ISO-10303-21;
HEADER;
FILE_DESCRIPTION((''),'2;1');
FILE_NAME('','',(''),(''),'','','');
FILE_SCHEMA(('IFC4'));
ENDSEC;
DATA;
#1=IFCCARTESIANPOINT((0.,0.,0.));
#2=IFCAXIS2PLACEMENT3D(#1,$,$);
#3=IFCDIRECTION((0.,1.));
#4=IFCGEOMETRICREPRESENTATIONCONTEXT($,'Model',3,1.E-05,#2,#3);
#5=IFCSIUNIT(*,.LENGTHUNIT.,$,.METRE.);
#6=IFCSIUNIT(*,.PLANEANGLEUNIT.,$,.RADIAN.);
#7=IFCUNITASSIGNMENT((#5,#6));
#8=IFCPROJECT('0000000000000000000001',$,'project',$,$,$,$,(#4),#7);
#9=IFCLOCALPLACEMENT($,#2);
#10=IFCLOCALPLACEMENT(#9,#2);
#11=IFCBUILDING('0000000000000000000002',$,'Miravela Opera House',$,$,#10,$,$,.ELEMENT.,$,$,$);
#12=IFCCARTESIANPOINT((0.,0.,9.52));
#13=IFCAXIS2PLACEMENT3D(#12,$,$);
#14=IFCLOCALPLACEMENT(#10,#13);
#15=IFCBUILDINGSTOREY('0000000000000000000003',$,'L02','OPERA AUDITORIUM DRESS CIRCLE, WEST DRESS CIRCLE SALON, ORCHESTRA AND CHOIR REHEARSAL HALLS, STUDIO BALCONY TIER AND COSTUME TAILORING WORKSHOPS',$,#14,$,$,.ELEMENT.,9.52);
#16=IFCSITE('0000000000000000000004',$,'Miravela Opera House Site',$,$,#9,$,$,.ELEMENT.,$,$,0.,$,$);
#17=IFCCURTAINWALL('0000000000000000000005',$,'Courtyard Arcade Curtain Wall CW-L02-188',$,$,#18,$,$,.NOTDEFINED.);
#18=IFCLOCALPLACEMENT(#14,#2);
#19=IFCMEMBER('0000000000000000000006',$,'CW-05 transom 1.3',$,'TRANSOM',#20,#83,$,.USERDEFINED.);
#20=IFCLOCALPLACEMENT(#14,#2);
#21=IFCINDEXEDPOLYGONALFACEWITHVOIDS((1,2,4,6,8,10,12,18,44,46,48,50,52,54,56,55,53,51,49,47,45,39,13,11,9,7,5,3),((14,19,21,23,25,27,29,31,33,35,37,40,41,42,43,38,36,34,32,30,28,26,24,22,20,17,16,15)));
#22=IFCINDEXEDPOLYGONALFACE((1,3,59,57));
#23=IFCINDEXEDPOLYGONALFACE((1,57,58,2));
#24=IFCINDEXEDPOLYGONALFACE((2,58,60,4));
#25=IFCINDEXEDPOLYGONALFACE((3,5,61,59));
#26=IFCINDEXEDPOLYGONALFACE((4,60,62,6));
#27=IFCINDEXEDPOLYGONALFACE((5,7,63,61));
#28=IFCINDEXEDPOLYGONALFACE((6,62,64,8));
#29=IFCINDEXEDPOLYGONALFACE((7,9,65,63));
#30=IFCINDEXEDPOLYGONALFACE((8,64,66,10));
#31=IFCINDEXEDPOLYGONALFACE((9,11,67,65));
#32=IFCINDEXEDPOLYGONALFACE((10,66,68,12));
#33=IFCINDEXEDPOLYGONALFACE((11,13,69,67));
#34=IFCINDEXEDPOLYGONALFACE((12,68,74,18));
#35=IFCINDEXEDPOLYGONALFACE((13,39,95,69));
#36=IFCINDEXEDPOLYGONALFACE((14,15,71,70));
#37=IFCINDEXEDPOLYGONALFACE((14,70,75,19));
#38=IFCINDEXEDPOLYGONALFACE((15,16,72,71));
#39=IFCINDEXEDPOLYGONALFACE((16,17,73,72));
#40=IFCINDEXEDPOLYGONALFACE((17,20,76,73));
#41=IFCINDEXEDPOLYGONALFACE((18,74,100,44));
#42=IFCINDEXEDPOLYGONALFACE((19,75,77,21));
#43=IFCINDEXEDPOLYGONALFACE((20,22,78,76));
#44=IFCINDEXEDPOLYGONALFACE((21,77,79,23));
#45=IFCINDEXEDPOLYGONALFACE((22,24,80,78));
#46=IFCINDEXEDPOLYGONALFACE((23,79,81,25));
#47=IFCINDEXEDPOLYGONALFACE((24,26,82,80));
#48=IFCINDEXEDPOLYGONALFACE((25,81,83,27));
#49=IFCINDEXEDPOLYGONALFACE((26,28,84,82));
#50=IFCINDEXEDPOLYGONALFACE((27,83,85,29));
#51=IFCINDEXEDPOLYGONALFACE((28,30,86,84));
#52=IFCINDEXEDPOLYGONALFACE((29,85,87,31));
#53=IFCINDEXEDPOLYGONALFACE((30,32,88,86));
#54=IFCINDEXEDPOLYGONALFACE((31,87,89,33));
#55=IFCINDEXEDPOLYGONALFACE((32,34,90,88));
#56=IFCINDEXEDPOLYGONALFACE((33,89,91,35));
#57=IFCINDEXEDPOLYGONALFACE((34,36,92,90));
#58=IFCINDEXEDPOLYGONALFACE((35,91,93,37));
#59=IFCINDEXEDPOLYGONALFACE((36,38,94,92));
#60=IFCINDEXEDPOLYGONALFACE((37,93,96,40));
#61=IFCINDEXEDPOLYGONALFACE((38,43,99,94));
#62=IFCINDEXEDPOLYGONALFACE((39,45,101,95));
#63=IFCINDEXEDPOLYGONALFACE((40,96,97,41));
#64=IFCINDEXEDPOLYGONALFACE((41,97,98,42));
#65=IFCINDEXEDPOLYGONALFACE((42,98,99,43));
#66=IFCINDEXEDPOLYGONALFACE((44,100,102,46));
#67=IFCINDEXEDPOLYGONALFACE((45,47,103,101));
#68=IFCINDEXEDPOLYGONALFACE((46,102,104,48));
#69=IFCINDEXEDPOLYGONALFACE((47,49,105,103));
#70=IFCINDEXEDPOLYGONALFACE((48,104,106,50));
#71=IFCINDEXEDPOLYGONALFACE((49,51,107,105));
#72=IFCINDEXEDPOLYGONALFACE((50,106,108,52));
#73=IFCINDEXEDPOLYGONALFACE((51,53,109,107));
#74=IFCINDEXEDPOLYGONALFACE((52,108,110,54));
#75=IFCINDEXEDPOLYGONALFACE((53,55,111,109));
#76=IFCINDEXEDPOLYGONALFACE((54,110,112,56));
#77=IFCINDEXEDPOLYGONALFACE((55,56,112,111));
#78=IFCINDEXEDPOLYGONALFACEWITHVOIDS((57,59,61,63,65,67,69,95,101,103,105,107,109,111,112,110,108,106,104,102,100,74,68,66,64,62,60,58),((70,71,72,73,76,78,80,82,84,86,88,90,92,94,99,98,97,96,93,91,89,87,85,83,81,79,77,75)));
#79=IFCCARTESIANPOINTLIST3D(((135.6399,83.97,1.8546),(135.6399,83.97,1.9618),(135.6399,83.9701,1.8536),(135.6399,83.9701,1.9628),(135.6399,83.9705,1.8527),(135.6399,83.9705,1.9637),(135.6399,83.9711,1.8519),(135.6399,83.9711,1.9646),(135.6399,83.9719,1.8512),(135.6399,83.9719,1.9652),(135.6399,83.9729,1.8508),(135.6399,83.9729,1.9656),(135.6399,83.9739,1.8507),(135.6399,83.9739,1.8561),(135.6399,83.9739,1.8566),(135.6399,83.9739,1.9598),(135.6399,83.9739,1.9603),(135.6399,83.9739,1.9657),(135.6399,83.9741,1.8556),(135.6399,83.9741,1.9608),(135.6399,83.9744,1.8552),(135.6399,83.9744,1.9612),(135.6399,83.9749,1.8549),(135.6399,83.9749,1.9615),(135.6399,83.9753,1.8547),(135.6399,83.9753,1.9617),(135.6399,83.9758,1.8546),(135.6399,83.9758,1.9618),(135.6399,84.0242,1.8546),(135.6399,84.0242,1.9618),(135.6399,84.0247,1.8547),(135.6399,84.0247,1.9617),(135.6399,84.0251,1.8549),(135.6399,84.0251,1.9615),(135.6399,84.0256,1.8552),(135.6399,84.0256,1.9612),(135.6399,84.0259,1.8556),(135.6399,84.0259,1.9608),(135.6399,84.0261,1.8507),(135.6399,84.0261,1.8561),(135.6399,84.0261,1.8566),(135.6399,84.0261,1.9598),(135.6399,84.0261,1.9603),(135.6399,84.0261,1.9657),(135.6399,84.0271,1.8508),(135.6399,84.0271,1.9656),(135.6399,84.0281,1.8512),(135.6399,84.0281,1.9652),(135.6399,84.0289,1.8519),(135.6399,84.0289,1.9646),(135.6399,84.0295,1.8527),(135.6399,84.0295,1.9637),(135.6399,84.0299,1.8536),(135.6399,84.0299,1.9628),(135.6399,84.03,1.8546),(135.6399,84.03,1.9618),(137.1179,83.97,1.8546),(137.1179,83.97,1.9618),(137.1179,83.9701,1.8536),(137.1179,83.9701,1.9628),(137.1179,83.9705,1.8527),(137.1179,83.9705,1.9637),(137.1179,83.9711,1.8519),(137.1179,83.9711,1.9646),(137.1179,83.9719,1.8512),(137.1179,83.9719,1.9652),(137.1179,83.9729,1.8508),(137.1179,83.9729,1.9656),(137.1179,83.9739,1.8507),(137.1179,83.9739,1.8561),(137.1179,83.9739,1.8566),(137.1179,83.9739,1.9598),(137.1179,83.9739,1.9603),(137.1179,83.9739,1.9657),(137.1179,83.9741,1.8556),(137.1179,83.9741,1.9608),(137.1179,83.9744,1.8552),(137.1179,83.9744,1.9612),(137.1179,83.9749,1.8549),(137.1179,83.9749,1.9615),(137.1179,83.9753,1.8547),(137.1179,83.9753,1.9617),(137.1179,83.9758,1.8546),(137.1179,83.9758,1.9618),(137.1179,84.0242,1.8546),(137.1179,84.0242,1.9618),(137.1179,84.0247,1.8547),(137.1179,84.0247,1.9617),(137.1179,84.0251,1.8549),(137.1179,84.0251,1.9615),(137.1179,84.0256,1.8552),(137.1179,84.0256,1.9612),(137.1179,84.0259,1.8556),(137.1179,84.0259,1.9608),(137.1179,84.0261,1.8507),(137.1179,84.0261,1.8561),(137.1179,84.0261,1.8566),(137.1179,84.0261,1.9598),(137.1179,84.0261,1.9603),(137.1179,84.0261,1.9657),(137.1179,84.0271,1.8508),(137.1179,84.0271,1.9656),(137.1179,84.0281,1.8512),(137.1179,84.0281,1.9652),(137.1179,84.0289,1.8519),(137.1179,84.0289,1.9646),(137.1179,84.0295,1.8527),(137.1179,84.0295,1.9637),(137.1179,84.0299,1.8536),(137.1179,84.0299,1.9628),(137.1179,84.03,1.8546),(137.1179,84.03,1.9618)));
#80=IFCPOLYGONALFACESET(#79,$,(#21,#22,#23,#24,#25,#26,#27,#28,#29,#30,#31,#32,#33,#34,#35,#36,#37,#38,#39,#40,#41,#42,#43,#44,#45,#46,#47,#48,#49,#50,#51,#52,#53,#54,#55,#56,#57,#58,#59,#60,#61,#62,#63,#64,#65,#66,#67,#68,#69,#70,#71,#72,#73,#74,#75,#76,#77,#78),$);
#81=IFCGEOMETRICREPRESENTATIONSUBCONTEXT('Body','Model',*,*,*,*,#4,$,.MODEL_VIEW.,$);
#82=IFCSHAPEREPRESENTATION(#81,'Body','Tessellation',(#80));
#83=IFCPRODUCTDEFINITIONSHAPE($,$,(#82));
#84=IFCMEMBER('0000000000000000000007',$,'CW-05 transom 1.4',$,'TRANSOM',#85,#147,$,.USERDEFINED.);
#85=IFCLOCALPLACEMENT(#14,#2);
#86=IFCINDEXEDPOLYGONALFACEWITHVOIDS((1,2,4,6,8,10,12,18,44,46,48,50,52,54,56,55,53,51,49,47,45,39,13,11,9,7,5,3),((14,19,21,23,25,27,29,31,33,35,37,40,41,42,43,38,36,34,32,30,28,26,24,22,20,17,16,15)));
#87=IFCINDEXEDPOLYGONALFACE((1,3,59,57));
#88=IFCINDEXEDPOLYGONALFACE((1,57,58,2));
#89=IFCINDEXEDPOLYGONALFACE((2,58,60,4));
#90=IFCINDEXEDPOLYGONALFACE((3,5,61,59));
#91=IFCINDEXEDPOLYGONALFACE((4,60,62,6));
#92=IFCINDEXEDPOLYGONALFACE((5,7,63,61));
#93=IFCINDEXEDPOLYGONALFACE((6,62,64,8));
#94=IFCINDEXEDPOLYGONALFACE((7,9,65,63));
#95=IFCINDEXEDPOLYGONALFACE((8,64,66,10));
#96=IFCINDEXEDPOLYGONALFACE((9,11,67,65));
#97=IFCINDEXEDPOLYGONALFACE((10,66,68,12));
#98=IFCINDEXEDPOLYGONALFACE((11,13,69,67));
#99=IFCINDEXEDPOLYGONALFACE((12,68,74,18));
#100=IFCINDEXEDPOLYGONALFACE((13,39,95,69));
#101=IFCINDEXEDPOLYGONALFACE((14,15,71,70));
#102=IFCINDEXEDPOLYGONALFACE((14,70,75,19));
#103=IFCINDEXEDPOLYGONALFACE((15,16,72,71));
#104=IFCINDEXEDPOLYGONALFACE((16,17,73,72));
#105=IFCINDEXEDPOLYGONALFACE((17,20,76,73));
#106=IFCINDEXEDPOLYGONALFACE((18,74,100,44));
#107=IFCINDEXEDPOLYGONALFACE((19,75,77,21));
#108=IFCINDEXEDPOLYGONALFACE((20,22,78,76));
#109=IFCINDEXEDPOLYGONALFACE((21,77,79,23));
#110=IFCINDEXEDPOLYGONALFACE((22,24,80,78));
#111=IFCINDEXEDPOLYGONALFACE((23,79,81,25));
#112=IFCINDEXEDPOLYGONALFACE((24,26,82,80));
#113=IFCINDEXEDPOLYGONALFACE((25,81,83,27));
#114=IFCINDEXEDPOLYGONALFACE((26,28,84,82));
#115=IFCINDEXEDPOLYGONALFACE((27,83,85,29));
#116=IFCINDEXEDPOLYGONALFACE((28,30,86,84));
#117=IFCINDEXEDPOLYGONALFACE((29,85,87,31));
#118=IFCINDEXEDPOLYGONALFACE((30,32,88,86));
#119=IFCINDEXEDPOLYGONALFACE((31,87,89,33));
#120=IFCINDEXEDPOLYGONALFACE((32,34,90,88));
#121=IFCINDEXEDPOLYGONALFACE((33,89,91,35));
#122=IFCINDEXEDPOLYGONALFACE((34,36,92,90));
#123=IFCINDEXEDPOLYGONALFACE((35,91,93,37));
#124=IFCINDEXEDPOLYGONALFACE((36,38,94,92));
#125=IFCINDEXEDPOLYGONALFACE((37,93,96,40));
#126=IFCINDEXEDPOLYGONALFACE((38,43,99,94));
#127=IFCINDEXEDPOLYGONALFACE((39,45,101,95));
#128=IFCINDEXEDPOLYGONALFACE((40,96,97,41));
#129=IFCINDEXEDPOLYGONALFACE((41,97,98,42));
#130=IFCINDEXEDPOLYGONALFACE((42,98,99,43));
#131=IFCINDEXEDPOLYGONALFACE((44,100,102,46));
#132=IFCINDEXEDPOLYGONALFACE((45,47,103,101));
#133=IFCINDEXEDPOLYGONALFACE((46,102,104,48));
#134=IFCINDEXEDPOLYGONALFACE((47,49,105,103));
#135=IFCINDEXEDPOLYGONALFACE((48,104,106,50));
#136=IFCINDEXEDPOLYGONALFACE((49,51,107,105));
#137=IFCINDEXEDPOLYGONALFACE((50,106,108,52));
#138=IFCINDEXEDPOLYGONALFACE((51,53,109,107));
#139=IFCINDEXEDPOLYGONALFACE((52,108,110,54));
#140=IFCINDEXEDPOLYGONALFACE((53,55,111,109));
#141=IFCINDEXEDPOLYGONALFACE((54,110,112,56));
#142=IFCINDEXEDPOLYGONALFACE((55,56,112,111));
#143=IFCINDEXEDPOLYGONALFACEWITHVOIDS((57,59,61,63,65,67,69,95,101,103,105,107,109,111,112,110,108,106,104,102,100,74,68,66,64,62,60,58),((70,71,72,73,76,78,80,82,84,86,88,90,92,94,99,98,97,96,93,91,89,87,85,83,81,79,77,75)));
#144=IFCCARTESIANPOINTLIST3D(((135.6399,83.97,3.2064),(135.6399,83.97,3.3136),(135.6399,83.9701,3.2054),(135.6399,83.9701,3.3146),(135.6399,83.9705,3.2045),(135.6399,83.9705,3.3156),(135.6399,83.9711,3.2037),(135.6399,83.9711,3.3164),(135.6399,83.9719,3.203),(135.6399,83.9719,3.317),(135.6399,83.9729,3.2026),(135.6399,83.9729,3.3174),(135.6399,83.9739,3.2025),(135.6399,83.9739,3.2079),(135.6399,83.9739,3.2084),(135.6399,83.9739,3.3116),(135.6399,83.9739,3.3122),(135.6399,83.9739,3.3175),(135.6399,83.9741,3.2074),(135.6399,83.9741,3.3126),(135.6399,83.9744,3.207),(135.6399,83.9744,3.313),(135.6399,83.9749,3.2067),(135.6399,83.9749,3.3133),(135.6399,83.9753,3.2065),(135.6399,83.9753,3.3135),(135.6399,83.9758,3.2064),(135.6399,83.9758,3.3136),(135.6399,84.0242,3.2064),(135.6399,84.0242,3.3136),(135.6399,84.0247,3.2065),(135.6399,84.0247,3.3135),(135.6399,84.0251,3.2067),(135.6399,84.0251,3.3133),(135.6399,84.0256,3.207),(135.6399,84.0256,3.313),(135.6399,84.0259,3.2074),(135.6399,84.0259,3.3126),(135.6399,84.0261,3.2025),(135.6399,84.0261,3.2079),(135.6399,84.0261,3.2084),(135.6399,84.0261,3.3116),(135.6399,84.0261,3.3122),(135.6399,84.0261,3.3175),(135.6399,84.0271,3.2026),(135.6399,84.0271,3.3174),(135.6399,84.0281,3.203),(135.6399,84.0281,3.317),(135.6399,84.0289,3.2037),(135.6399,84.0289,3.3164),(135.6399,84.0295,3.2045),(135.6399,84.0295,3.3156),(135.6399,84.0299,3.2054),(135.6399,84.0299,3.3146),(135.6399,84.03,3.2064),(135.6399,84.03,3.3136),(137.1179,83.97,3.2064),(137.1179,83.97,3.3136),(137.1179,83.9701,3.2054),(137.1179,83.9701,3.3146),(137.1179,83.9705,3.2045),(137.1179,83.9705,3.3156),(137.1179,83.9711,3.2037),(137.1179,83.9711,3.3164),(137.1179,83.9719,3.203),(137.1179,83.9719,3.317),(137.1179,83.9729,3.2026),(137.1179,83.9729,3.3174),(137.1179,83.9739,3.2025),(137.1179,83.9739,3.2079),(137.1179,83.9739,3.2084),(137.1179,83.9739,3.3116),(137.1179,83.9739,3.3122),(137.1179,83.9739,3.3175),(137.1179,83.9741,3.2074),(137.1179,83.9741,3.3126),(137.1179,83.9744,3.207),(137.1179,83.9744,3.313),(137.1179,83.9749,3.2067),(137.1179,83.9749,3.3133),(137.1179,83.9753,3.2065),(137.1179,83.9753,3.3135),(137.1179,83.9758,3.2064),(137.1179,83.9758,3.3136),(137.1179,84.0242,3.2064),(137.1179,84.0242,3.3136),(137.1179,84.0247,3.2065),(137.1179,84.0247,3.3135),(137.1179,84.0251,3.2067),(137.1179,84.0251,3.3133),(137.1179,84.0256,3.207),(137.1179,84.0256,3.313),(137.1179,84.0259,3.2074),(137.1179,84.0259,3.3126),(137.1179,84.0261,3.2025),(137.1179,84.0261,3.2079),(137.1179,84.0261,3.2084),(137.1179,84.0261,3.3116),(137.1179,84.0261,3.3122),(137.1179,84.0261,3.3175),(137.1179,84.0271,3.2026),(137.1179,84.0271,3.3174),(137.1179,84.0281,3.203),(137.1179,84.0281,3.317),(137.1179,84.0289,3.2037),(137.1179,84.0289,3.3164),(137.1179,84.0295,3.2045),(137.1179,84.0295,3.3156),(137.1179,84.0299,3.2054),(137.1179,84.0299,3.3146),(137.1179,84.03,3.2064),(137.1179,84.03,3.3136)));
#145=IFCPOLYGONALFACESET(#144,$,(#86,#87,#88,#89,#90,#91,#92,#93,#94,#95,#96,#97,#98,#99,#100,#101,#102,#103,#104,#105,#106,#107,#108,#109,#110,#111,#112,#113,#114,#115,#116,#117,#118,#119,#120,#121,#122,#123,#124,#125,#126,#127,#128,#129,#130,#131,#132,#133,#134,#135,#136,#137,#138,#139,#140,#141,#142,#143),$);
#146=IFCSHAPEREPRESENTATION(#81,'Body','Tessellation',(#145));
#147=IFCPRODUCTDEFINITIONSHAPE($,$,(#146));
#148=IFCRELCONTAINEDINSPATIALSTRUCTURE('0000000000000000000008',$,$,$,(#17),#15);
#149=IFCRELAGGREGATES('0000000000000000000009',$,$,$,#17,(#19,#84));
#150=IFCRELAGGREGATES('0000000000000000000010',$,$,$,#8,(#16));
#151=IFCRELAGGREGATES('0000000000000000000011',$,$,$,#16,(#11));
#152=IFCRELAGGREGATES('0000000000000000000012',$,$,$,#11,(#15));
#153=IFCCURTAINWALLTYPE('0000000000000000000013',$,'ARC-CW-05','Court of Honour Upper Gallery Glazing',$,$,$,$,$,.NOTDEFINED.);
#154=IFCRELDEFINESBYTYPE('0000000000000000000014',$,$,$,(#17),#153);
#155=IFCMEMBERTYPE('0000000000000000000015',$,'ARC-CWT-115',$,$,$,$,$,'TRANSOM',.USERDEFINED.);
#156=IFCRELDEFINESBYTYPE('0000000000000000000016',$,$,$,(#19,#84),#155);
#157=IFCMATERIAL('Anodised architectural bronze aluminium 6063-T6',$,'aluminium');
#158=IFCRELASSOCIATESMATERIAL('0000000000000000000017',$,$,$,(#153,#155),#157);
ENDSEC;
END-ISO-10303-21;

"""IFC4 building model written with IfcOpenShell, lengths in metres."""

from ifc_helpers import new_model, si_unit, direction, frame, origin, origin_2d, place, context, subcontext, project, spatial, hollow_rectangle, extrude, material, material_profile, profile_set, type_object, element, aggregate, save


model = new_model("IFC4")

# Units and contexts
model_context = context("Model", 3, precision=1e-05, world=origin(), true_north=direction((0.0, 1.0)))
body_context = subcontext(model_context, "Body", "Model", "MODEL_VIEW")
ifc_project = project(units=[si_unit("LENGTHUNIT", "METRE"), si_unit("PLANEANGLEUNIT", "RADIAN")], contexts=[model_context])

# Site, building, storey
site_placement = place(None, origin())
site = spatial("IfcSite", under=ifc_project, at=site_placement, Name="Miravela Opera House Site", CompositionType="ELEMENT", RefElevation=0.0)
building_placement = place(site_placement, origin())
building = spatial("IfcBuilding", under=site, at=building_placement, Name="Miravela Opera House", CompositionType="ELEMENT")
storey_placement = place(building_placement, frame((0.0, 0.0, 9.52)))
storey = spatial("IfcBuildingStorey", under=building, at=storey_placement, Name="L02", Description="OPERA AUDITORIUM DRESS CIRCLE, WEST DRESS CIRCLE SALON, ORCHESTRA AND CHOIR REHEARSAL HALLS, STUDIO BALCONY TIER AND COSTUME TAILORING WORKSHOPS", CompositionType="ELEMENT", Elevation=9.52)

# Curtain wall, members
ifc_material_1 = material(Name="Anodised architectural bronze aluminium 6063-T6", Category="aluminium")
curtain_wall_type = type_object("IfcCurtainWallType", Name="ARC-CW-05", Description="Court of Honour Upper Gallery Glazing", PredefinedType="NOTDEFINED", material=ifc_material_1)
curtain_wall_placement = place(storey_placement, origin())
curtain_wall = element("IfcCurtainWall", 1, at=curtain_wall_placement, inside=storey, type_object=curtain_wall_type, Name="Courtyard Arcade Curtain Wall CW-L02-188", PredefinedType="NOTDEFINED")
ifc_material_profile_1 = material_profile(ifc_material_1, hollow_rectangle(XDim=0.0601, YDim=0.115, WallThickness=0.0039, InnerFilletRadius=0.002, OuterFilletRadius=0.0039, at=origin_2d()), Name="CWT-60X115")
ifc_profile_set_1 = profile_set([ifc_material_profile_1])
member_type_1 = type_object("IfcMemberType", Name="ARC-CWT-115", ElementType="TRANSOM", PredefinedType="USERDEFINED", material=ifc_profile_set_1)
member_1_placement = place(storey_placement, frame((135.6399, 84.0, 1.9082), z_axis=(1.0, 0.0, 0.0), x_axis=(0.0, 1.0, 0.0)))
member_1 = element("IfcMember", 2, at=member_1_placement, type_object=member_type_1, Name="CW-05 transom 1.3", ObjectType="TRANSOM", PredefinedType="USERDEFINED", context=body_context, shape_type="SweptSolid", body=[
    extrude(hollow_rectangle(XDim=0.0601, YDim=0.115, WallThickness=0.0039, InnerFilletRadius=0.002, OuterFilletRadius=0.0039, at=origin_2d()), origin(), (0.0, 0.0, 1.0), 1.478),
])
member_2_placement = place(storey_placement, frame((135.6399, 84.0, 3.26), z_axis=(1.0, 0.0, 0.0), x_axis=(0.0, 1.0, 0.0)))
member_2 = element("IfcMember", 3, at=member_2_placement, type_object=member_type_1, Name="CW-05 transom 1.4", ObjectType="TRANSOM", PredefinedType="USERDEFINED", context=body_context, shape_type="SweptSolid", body=[
    extrude(hollow_rectangle(XDim=0.0601, YDim=0.115, WallThickness=0.0039, InnerFilletRadius=0.002, OuterFilletRadius=0.0039, at=origin_2d()), origin(), (0.0, 0.0, 1.0), 1.478),
])
aggregate(curtain_wall, [member_1, member_2])

save(model, "model.ifc")
